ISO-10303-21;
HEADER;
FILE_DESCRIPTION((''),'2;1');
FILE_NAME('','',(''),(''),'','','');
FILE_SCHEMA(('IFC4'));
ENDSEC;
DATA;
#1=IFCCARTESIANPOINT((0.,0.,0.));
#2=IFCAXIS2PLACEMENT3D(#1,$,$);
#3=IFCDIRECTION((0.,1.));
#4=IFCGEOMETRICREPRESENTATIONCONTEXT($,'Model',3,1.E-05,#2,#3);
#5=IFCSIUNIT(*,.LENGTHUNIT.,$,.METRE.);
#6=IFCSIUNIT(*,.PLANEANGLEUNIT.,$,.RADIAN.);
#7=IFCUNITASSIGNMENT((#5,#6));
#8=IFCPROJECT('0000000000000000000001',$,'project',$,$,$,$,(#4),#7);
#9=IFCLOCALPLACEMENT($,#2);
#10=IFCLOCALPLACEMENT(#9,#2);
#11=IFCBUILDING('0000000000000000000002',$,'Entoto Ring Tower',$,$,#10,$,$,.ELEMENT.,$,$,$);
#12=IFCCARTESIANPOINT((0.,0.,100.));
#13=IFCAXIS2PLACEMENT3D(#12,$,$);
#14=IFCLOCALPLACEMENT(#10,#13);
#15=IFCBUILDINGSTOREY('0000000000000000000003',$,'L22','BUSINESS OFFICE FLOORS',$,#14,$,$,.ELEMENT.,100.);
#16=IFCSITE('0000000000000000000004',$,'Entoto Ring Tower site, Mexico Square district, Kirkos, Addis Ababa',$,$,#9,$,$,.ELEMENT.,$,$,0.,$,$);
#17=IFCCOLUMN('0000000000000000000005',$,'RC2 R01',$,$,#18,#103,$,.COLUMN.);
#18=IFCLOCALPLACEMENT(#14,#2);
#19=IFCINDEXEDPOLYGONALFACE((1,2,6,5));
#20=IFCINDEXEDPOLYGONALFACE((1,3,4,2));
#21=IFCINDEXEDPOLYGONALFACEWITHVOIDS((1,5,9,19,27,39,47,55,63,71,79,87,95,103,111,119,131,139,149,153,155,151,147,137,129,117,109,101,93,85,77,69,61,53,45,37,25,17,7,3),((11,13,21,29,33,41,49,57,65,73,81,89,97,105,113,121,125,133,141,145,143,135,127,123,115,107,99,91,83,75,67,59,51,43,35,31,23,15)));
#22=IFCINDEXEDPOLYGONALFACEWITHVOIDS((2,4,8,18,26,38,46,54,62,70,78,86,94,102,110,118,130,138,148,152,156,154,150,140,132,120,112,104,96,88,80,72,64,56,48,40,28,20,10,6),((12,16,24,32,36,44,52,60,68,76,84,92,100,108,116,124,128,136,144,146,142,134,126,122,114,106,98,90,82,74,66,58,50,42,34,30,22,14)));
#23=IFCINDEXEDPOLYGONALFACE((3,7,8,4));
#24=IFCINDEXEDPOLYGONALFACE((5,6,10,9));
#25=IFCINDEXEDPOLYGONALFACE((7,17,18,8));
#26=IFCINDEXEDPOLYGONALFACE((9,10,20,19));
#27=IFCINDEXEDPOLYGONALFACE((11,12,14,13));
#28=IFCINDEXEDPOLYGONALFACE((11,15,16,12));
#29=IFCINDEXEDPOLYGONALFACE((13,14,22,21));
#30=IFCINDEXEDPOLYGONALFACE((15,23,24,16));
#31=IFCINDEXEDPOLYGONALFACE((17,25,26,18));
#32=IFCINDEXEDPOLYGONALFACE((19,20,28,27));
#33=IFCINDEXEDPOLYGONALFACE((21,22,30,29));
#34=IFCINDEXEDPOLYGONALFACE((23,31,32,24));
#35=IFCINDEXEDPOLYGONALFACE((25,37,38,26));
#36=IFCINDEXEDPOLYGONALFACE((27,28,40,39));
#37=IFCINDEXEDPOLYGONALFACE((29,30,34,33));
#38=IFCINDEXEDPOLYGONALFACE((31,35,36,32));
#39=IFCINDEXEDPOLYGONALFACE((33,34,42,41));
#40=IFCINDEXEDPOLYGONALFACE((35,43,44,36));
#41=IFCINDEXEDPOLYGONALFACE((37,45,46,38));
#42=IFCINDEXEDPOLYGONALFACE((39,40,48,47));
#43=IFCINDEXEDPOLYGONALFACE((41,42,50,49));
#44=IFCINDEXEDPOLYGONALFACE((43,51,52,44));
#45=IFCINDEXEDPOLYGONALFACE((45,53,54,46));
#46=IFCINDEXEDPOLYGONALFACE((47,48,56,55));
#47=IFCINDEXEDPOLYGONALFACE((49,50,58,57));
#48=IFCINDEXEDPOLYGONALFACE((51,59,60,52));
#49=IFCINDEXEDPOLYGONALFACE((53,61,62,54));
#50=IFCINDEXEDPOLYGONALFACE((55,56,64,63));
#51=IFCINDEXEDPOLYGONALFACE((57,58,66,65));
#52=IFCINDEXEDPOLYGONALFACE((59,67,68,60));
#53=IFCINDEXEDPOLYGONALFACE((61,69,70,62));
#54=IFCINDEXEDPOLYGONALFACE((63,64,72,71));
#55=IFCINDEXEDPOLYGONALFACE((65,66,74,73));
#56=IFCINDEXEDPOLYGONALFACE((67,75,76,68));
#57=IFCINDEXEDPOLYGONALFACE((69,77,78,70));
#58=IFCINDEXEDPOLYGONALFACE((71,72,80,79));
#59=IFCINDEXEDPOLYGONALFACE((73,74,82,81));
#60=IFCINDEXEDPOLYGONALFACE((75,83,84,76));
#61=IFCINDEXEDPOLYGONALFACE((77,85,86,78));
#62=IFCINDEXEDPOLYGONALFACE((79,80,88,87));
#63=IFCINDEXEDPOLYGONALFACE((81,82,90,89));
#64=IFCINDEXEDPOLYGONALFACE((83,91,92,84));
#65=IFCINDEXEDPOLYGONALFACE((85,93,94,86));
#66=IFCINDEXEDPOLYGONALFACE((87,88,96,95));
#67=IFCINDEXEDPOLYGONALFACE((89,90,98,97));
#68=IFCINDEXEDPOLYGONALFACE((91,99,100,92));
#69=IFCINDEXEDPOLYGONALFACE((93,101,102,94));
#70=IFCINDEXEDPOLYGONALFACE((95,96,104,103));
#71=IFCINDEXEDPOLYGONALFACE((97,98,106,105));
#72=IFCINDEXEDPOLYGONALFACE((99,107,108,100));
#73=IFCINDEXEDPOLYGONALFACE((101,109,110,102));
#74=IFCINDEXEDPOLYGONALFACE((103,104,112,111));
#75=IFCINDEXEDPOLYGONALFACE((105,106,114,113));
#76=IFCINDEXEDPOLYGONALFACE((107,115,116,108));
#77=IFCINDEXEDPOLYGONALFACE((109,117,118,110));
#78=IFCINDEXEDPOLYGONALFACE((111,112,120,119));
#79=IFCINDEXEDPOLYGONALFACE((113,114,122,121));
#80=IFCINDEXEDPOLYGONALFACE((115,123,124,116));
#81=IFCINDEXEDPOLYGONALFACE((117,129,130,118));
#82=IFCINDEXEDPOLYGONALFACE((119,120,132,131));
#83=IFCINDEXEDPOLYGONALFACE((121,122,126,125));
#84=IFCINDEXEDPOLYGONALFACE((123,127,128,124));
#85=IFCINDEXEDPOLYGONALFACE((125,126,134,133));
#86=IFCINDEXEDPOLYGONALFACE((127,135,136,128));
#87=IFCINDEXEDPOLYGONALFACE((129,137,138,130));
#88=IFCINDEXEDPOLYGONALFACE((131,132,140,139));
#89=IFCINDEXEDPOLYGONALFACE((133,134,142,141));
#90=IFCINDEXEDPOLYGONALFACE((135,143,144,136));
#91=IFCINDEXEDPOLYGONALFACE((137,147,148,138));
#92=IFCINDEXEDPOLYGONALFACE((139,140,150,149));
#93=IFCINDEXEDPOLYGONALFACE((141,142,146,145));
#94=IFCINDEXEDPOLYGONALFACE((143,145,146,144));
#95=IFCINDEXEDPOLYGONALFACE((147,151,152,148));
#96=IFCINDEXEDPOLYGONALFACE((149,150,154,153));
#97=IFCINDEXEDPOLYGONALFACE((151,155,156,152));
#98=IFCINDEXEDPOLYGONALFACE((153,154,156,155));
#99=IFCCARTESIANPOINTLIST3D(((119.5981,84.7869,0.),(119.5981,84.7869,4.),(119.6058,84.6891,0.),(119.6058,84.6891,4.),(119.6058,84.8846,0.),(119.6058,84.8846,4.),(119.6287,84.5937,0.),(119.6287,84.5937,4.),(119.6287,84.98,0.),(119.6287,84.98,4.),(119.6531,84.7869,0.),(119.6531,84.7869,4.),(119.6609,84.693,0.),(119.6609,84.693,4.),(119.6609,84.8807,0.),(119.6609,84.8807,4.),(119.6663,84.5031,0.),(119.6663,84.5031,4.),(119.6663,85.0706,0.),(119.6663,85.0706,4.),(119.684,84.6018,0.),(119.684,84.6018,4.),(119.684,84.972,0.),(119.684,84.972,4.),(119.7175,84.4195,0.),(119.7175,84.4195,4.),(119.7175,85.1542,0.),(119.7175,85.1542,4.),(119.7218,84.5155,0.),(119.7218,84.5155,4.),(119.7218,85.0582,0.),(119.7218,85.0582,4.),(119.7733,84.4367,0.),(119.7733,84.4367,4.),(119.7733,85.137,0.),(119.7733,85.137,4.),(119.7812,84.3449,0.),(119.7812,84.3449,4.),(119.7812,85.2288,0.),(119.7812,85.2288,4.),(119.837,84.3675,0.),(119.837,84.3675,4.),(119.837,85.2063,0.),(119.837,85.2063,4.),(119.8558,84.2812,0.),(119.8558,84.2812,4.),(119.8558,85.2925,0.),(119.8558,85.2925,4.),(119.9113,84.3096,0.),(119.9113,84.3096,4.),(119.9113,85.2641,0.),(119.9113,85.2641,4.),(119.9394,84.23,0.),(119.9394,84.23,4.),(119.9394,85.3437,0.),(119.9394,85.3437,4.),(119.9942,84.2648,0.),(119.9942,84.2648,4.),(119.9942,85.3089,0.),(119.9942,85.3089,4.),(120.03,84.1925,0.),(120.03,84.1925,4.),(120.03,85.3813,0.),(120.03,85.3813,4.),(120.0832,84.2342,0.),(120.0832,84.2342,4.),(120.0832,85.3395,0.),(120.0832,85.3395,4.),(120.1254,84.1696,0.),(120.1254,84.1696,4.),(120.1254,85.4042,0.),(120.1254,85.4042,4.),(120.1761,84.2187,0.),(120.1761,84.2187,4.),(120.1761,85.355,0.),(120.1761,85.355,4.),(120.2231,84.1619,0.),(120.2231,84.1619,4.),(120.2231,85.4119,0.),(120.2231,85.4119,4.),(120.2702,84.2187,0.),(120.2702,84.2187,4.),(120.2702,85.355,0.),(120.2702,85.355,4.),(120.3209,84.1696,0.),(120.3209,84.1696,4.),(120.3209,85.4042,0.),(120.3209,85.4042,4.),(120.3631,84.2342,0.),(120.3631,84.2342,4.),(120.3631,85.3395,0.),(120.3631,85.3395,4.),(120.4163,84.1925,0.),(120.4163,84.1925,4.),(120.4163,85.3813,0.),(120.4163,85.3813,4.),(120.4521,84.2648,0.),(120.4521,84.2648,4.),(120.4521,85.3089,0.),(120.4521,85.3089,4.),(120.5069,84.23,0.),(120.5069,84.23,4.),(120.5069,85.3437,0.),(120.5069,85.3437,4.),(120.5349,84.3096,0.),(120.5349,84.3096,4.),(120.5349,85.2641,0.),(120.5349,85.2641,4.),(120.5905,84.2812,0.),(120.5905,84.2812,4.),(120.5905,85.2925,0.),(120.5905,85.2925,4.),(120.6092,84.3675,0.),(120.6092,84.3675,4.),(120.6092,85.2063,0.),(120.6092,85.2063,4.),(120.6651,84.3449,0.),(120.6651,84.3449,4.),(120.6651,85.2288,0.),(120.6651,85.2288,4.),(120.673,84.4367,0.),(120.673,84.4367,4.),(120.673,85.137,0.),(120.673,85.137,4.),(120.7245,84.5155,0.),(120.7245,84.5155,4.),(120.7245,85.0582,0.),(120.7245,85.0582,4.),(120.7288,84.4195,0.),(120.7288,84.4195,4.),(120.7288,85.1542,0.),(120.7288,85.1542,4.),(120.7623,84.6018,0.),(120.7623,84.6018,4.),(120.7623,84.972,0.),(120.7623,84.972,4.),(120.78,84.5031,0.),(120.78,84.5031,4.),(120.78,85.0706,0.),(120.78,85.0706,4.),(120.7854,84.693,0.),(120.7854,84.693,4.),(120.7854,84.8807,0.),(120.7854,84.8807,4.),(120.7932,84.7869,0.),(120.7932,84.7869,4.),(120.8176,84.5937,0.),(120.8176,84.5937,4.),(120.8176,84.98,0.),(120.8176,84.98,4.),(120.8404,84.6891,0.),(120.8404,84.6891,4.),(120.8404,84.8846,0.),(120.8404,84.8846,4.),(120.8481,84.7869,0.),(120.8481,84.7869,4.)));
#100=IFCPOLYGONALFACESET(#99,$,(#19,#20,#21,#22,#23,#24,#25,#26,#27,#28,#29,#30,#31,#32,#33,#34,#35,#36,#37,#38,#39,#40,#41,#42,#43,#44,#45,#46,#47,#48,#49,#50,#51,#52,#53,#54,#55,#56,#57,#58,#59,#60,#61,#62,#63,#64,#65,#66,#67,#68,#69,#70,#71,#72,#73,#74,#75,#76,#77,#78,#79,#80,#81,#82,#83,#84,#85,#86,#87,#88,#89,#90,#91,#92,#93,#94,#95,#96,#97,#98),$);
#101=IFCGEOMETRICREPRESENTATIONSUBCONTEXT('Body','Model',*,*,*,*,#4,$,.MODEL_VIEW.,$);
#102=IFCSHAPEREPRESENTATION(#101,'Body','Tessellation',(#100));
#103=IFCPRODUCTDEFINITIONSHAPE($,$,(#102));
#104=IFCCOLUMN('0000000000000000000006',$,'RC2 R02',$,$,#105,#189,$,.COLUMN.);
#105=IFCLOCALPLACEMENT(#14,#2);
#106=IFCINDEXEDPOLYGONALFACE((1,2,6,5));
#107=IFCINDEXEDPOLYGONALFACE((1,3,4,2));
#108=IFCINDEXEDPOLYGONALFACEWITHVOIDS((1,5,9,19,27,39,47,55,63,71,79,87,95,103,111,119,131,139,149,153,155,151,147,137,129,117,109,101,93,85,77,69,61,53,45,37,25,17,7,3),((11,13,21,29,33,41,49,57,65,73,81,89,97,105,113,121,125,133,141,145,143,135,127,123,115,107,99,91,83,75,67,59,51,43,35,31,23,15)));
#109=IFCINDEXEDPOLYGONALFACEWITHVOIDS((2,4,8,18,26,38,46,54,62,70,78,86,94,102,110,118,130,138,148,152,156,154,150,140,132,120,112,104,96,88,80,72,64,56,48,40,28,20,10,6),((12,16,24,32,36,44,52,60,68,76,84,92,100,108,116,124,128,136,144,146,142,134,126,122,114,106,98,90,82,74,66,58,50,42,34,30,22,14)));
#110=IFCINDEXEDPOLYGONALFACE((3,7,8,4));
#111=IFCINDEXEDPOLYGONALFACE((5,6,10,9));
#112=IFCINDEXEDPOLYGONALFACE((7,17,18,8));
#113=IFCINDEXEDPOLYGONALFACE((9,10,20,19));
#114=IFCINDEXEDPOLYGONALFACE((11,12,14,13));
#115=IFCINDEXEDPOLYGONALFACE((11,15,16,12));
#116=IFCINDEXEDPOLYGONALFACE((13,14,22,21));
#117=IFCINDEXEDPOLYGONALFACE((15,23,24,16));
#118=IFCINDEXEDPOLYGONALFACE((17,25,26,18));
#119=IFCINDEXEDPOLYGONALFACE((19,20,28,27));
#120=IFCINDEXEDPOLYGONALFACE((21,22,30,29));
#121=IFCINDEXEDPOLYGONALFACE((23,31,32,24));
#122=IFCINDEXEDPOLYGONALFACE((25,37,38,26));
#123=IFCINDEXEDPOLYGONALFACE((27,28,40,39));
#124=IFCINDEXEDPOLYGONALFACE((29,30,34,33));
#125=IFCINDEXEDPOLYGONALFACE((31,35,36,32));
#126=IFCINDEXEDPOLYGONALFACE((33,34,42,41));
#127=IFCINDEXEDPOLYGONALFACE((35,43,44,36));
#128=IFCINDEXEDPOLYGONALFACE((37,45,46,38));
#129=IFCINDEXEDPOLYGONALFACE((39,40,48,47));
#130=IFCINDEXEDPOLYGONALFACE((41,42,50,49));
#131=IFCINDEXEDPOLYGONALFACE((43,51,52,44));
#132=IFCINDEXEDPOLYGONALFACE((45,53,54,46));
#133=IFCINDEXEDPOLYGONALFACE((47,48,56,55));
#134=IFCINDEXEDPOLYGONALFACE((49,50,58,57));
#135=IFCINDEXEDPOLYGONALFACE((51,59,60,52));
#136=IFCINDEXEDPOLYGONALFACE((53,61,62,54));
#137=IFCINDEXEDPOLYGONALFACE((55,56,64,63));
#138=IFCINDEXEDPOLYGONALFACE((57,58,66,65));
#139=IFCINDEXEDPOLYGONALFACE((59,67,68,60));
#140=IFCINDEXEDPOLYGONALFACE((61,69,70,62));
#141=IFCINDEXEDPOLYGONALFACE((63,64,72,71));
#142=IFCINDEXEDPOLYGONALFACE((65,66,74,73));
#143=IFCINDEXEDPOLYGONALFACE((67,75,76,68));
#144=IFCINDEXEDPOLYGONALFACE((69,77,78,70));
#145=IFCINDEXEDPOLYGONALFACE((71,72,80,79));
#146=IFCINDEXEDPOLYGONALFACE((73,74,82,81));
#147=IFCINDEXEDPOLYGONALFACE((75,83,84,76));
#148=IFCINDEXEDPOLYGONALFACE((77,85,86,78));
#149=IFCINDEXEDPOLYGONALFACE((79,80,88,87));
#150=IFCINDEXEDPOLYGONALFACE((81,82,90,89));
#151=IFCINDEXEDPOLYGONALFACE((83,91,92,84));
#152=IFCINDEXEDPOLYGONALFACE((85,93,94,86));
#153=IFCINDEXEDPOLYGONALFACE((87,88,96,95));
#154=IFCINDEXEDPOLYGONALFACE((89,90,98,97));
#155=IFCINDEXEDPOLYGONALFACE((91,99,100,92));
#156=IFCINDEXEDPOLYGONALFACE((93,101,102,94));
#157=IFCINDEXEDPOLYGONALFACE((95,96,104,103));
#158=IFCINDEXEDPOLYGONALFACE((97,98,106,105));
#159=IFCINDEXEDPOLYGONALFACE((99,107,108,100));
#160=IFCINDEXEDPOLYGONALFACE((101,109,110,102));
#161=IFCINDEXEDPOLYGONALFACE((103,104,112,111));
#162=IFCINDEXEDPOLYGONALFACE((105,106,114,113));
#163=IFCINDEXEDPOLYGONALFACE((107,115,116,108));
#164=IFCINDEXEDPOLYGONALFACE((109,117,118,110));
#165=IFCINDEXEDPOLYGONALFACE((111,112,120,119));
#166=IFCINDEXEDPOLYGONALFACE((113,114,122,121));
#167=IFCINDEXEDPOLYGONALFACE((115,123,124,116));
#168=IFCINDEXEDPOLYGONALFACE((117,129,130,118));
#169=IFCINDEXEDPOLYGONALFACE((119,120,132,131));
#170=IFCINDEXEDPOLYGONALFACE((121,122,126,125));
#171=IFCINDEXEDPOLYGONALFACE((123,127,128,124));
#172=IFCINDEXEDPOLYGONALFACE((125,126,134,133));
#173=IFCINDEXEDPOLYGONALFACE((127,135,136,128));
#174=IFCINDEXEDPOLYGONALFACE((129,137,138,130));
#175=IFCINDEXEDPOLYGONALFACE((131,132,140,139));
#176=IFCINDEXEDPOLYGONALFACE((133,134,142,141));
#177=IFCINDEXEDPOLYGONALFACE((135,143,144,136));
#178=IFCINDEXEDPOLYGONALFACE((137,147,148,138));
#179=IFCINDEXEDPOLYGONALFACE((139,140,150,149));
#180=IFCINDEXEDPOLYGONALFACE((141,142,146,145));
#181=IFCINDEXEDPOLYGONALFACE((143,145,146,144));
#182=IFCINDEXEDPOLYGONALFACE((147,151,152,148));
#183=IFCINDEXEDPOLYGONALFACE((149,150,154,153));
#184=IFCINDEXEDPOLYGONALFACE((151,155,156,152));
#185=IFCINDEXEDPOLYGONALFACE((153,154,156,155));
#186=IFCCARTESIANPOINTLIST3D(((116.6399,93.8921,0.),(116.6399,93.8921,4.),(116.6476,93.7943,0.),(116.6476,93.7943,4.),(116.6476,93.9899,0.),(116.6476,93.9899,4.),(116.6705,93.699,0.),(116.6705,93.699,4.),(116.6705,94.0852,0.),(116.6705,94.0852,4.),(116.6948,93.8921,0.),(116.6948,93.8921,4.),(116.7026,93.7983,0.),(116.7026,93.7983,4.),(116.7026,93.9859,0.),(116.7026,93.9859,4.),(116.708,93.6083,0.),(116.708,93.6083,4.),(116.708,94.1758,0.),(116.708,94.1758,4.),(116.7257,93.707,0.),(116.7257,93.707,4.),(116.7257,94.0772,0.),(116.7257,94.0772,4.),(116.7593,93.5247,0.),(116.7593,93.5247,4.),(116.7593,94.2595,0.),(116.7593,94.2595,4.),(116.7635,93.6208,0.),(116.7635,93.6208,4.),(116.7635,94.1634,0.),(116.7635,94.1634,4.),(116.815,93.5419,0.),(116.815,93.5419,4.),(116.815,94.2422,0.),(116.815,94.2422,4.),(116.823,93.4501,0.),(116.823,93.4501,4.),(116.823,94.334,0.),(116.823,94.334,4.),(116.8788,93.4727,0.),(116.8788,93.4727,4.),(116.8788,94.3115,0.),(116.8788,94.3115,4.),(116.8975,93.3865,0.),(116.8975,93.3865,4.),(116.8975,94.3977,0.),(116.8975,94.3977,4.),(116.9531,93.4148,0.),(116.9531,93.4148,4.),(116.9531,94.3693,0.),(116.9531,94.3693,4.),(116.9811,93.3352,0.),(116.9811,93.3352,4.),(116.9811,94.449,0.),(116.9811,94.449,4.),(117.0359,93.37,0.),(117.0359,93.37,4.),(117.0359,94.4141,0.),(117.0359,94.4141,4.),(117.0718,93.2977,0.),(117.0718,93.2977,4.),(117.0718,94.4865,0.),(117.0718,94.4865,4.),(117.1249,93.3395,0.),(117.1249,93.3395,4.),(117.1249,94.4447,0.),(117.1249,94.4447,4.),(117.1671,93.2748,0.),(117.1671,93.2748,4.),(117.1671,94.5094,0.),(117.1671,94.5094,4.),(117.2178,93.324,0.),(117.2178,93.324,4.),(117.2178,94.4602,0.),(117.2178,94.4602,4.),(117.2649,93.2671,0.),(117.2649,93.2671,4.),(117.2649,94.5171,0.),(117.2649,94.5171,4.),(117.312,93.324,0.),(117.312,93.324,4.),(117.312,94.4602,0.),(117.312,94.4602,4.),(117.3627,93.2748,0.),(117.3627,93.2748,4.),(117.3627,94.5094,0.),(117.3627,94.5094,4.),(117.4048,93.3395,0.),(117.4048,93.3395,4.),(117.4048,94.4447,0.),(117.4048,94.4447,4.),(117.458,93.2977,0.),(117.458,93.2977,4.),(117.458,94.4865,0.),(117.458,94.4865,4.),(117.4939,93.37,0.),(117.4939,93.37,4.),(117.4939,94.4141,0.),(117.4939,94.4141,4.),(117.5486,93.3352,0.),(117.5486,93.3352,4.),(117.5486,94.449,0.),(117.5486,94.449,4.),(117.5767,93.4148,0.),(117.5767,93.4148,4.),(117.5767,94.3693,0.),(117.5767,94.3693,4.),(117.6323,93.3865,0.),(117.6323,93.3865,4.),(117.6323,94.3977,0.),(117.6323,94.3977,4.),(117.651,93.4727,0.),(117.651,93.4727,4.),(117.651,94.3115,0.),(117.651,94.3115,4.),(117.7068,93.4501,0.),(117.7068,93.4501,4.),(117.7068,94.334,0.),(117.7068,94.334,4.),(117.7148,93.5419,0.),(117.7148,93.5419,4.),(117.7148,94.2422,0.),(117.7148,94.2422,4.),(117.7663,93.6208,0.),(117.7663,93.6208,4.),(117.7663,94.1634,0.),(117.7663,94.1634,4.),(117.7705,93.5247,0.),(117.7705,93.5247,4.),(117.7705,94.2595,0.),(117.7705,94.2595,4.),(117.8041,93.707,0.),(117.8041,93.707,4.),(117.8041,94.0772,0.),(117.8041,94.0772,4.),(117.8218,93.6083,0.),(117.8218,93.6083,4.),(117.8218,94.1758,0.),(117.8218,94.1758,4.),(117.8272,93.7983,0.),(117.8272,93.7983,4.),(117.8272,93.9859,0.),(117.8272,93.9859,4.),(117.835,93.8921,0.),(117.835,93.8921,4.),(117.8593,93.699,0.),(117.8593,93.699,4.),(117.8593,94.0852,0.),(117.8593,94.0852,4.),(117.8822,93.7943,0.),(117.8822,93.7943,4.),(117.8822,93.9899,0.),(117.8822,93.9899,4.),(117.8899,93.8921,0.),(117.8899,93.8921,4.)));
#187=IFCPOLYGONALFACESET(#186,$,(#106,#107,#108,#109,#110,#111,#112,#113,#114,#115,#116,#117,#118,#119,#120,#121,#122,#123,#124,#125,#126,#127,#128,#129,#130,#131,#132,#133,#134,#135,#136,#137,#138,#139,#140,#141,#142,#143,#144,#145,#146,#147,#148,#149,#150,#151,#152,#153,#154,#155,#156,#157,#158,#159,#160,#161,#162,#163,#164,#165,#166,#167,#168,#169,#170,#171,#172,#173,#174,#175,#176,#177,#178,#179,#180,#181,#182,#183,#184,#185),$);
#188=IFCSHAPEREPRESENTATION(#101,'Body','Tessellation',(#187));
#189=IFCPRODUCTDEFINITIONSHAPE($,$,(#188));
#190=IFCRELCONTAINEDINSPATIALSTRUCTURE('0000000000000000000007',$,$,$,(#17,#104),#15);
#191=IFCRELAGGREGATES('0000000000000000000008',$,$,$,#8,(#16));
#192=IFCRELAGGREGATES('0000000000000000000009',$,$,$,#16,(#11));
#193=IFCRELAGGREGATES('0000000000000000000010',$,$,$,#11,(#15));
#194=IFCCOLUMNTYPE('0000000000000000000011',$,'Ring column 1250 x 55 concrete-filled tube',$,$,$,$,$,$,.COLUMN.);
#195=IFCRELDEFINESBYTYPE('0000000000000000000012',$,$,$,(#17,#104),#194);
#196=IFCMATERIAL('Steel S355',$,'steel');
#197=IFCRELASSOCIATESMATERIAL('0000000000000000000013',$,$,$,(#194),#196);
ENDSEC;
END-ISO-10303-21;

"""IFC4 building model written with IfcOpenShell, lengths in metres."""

from ifc_helpers import new_model, si_unit, direction, frame, origin, origin_2d, place, context, subcontext, project, spatial, circle, hollow_circle, extrude, material, material_profile, profile_set, type_object, element, save


model = new_model("IFC4")

# Units and contexts
model_context = context("Model", 3, precision=1e-05, world=origin(), true_north=direction((0.0, 1.0)))
body_context = subcontext(model_context, "Body", "Model", "MODEL_VIEW")
ifc_project = project(units=[si_unit("LENGTHUNIT", "METRE"), si_unit("PLANEANGLEUNIT", "RADIAN")], contexts=[model_context])

# Site, building, storey
site_placement = place(None, origin())
site = spatial("IfcSite", under=ifc_project, at=site_placement, Name="Entoto Ring Tower site, Mexico Square district, Kirkos, Addis Ababa", CompositionType="ELEMENT", RefElevation=0.0)
building_placement = place(site_placement, origin())
building = spatial("IfcBuilding", under=site, at=building_placement, Name="Entoto Ring Tower", CompositionType="ELEMENT")
storey_placement = place(building_placement, frame((0.0, 0.0, 100.0)))
storey = spatial("IfcBuildingStorey", under=building, at=storey_placement, Name="L22", Description="BUSINESS OFFICE FLOORS", CompositionType="ELEMENT", Elevation=100.0)

# Columns
ifc_material_1 = material(Name="Steel S355", Category="steel")
ifc_material_profile_1 = material_profile(ifc_material_1, hollow_circle(Radius=0.625, WallThickness=0.0549, at=origin_2d()), Name="CHS 1250 x 55")
ifc_material_2 = material(Name="Concrete C60/75", Category="concrete")
ifc_material_profile_2 = material_profile(ifc_material_2, circle(Radius=0.5701, at=origin_2d()), Name="Concrete C60/75 infill")
ifc_profile_set_1 = profile_set([ifc_material_profile_1, ifc_material_profile_2], Name="Steel S355")
column_type = type_object("IfcColumnType", Name="Ring column 1250 x 55 concrete-filled tube", PredefinedType="COLUMN", material=ifc_profile_set_1)
for number, where, z_axis, x_axis, name in (
    (1, (120.2231, 84.7869, 0.0), (0.0, 0.0, 1.0), (1.0, 0.0, 0.0), "RC2 R01"),
    (2, (117.2649, 93.8921, 0.0), (0.0, 0.0, 1.0), (1.0, 0.0, 0.0), "RC2 R02"),
):
    element("IfcColumn", number, at=place(storey_placement, frame(where, z_axis=z_axis, x_axis=x_axis)), inside=storey, type_object=column_type, Name=name, PredefinedType="COLUMN", context=body_context, shape_type="SweptSolid", body=[
        extrude(hollow_circle(Radius=0.625, WallThickness=0.0549, at=origin_2d()), origin(), (0.0, 0.0, 1.0), 4.0),
    ])

save(model, "model.ifc")
